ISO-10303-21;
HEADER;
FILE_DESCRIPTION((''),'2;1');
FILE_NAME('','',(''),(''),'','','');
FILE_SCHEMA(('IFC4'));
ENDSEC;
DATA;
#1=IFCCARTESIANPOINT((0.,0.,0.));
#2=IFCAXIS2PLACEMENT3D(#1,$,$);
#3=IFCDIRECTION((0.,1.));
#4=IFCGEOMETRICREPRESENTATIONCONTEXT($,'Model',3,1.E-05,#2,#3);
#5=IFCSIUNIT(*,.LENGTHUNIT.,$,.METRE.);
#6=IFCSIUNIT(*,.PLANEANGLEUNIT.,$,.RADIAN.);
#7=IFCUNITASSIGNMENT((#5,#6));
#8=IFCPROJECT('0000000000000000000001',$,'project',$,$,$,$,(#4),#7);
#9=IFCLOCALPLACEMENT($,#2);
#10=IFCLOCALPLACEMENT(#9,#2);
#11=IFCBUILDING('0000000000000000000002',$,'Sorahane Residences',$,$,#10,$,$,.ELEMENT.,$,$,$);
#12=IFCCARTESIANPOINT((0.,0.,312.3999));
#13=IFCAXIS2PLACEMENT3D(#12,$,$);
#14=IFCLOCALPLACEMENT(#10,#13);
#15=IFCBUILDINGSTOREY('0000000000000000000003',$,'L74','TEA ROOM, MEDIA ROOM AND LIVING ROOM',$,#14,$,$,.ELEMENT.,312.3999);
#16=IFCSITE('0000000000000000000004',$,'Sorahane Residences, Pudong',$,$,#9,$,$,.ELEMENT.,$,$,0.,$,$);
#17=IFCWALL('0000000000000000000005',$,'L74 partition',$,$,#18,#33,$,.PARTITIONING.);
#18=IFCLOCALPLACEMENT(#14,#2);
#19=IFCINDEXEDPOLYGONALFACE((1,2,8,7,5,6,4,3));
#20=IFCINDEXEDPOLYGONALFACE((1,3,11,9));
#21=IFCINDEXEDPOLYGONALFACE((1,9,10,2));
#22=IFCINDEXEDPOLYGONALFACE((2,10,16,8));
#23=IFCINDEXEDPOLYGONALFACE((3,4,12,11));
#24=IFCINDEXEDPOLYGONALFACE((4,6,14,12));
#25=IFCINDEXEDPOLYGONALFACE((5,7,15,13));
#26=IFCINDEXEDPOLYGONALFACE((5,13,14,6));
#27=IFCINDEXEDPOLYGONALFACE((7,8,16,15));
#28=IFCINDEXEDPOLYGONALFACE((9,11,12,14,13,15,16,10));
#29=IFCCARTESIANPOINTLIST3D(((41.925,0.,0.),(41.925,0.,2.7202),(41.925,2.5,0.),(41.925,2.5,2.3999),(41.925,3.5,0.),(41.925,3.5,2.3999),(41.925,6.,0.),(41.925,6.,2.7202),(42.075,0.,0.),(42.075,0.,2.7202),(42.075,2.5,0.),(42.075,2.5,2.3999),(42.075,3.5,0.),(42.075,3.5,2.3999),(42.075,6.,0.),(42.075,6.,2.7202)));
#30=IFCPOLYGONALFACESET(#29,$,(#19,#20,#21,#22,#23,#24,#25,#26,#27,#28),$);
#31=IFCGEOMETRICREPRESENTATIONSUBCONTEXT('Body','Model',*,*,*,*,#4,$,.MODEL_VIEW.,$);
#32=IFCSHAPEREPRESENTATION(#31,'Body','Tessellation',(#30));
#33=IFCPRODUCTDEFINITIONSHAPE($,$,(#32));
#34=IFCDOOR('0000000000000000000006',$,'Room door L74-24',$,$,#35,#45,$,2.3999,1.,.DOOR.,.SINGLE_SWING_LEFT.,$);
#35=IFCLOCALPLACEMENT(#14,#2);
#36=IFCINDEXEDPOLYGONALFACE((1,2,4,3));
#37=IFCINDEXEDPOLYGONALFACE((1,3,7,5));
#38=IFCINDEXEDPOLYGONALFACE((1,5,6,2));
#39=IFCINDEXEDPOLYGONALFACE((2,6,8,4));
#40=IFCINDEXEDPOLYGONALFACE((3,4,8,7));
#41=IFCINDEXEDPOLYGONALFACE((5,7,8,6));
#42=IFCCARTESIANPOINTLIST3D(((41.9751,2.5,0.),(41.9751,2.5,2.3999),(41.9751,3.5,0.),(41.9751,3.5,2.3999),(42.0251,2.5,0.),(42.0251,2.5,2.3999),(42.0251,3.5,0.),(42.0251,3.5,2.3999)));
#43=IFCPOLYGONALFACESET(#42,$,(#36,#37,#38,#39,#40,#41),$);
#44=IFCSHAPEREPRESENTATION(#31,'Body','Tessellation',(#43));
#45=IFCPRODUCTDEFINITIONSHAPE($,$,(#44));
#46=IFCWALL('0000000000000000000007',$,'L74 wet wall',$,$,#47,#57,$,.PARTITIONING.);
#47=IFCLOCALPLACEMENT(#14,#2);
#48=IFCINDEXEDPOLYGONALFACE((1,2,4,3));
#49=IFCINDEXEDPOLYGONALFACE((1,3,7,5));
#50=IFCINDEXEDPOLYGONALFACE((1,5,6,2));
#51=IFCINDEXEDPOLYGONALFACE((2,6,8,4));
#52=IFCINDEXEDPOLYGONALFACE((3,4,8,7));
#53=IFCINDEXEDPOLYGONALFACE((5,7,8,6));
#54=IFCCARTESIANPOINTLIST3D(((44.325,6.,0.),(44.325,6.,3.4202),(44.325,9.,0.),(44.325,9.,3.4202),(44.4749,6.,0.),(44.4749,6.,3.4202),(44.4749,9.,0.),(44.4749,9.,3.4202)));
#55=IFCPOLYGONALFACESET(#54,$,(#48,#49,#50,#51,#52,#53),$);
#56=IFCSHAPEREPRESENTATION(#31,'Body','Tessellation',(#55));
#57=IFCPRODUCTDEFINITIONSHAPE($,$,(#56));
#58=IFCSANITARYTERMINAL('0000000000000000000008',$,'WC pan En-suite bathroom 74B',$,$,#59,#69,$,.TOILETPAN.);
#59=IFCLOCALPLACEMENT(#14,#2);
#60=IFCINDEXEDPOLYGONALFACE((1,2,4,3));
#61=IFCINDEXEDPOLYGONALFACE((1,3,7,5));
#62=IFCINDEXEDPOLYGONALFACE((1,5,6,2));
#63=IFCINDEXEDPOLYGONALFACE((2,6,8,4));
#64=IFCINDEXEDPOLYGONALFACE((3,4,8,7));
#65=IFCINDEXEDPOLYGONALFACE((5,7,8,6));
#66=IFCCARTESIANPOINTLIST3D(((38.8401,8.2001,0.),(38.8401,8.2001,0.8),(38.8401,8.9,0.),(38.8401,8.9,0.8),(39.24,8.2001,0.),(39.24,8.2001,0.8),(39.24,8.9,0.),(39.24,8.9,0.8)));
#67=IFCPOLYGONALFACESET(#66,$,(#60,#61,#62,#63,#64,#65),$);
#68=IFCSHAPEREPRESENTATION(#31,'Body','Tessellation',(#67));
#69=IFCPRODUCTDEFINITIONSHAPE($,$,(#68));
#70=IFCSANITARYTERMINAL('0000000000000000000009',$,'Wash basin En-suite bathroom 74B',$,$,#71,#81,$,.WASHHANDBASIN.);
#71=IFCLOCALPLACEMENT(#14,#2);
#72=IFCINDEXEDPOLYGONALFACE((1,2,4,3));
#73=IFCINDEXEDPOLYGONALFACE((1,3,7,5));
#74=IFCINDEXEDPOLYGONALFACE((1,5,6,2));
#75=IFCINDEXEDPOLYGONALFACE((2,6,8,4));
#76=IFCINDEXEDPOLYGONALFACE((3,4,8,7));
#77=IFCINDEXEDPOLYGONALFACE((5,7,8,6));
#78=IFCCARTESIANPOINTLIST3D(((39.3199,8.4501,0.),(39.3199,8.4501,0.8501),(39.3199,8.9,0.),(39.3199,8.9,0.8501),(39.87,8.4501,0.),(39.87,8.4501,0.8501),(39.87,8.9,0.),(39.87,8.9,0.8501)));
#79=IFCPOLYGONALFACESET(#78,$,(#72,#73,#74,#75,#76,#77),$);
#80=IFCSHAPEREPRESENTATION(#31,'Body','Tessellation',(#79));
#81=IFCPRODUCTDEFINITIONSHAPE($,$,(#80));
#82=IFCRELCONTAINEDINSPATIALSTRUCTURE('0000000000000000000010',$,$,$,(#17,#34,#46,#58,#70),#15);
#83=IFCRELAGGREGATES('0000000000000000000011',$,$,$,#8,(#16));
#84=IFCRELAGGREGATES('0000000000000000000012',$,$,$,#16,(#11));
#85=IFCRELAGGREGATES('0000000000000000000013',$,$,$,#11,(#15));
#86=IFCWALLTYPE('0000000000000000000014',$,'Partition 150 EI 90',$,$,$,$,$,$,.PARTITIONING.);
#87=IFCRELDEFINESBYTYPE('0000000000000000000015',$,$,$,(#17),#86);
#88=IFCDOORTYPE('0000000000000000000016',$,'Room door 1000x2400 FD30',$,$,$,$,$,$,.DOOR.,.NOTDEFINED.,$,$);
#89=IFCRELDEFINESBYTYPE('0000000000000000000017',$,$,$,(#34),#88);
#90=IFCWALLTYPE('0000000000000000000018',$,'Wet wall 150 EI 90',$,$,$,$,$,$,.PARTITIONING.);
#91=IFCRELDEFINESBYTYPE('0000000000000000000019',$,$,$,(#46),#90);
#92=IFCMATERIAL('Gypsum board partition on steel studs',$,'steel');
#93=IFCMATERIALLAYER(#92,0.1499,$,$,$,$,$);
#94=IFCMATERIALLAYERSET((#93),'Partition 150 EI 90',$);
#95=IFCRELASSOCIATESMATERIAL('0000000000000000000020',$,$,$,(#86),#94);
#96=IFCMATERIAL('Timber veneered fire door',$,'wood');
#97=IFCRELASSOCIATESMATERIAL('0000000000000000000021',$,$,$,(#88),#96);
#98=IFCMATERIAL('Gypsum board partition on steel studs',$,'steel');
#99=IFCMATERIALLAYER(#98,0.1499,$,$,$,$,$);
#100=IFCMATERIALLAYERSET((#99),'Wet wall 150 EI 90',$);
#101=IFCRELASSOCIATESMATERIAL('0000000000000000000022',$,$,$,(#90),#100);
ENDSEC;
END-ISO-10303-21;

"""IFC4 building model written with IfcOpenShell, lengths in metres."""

from ifc_helpers import new_model, si_unit, direction, frame, frame_2d, origin, origin_2d, place, context, subcontext, project, spatial, rectangle, extrude, material, layer, layer_set, type_object, element, fill, save


model = new_model("IFC4")

# Units and contexts
model_context = context("Model", 3, precision=1e-05, world=origin(), true_north=direction((0.0, 1.0)))
body_context = subcontext(model_context, "Body", "Model", "MODEL_VIEW")
ifc_project = project(units=[si_unit("LENGTHUNIT", "METRE"), si_unit("PLANEANGLEUNIT", "RADIAN")], contexts=[model_context])

# Site, building, storey
site_placement = place(None, origin())
site = spatial("IfcSite", under=ifc_project, at=site_placement, Name="Sorahane Residences, Pudong", CompositionType="ELEMENT", RefElevation=0.0)
building_placement = place(site_placement, origin())
building = spatial("IfcBuilding", under=site, at=building_placement, Name="Sorahane Residences", CompositionType="ELEMENT")
storey_placement = place(building_placement, frame((0.0, 0.0, 312.3999)))
storey = spatial("IfcBuildingStorey", under=building, at=storey_placement, Name="L74", Description="TEA ROOM, MEDIA ROOM AND LIVING ROOM", CompositionType="ELEMENT", Elevation=312.3999)

# Wall, opening, door
ifc_material_1 = material(Name="Gypsum board partition on steel studs", Category="steel")
ifc_layer_1 = layer(ifc_material_1, 0.1499)
ifc_layer_set_1 = layer_set([ifc_layer_1], Name="Partition 150 EI 90")
wall_type_1 = type_object("IfcWallType", Name="Partition 150 EI 90", PredefinedType="PARTITIONING", material=ifc_layer_set_1)
wall_1_placement = place(storey_placement, frame((42.0, 0.0, 0.0), z_axis=(0.0, 0.0, 1.0), x_axis=(0.0, 1.0, 0.0)))
wall_1 = element("IfcWall", 1, at=wall_1_placement, inside=storey, type_object=wall_type_1, Name="L74 partition", PredefinedType="PARTITIONING", context=body_context, shape_type="SweptSolid", body=[
    extrude(rectangle(XDim=6.0, YDim=0.1499, at=frame_2d((3.0, 0.0))), origin(), (0.0, 0.0, 1.0), 2.7202),
])
opening_1_placement = place(wall_1_placement, frame((2.5, 0.0, 0.0)))
opening_1 = element("IfcOpeningElement", 2, at=opening_1_placement, cuts=wall_1, PredefinedType="OPENING", context=body_context, shape_type="SweptSolid", body=[
    extrude(rectangle(XDim=1.0, YDim=2.3999, at=frame_2d((0.5, 1.2))), frame((0.0, 0.085, 0.0), z_axis=(0.0, -1.0, 0.0), x_axis=(1.0, 0.0, 0.0)), (0.0, 0.0, 1.0), 0.1699),
])
ifc_material_2 = material(Name="Timber veneered fire door", Category="wood")
door_type_1 = type_object("IfcDoorType", Name="Room door 1000x2400 FD30", OperationType="NOTDEFINED", PredefinedType="DOOR", material=ifc_material_2)
door_1_placement = place(opening_1_placement, origin())
door_1 = element("IfcDoor", 3, at=door_1_placement, inside=storey, type_object=door_type_1, Name="Room door L74-24", OperationType="SINGLE_SWING_LEFT", OverallHeight=2.3999, OverallWidth=1.0, PredefinedType="DOOR", context=body_context, shape_type="SweptSolid", body=[
    extrude(rectangle(XDim=1.0, YDim=2.3999, at=frame_2d((0.5, 1.2))), frame((0.0, 0.0249, 0.0), z_axis=(0.0, -1.0, 0.0), x_axis=(1.0, 0.0, 0.0)), (0.0, 0.0, 1.0), 0.05),
])
fill(opening_1, door_1)

# Wall
ifc_material_3 = material(Name="Gypsum board partition on steel studs", Category="steel")
ifc_layer_2 = layer(ifc_material_3, 0.1499)
ifc_layer_set_2 = layer_set([ifc_layer_2], Name="Wet wall 150 EI 90")
wall_type_2 = type_object("IfcWallType", Name="Wet wall 150 EI 90", PredefinedType="PARTITIONING", material=ifc_layer_set_2)
wall_2_placement = place(storey_placement, frame((44.3999, 6.0, 0.0), z_axis=(0.0, 0.0, 1.0), x_axis=(0.0, 1.0, 0.0)))
element("IfcWall", 4, at=wall_2_placement, inside=storey, type_object=wall_type_2, Name="L74 wet wall", PredefinedType="PARTITIONING", context=body_context, shape_type="SweptSolid", body=[
    extrude(rectangle(XDim=3.0, YDim=0.1499, at=frame_2d((1.5, 0.0))), origin(), (0.0, 0.0, 1.0), 3.4202),
])

# Sanitary terminals
sanitary_terminal_1_placement = place(storey_placement, frame((39.04, 8.55, 0.0), z_axis=(0.0, 0.0, 1.0), x_axis=(1.0, 0.0, 0.0)))
element("IfcSanitaryTerminal", 5, at=sanitary_terminal_1_placement, inside=storey, Name="WC pan En-suite bathroom 74B", PredefinedType="TOILETPAN", context=body_context, shape_type="SweptSolid", body=[
    extrude(rectangle(XDim=0.3999, YDim=0.7, at=origin_2d()), origin(), (0.0, 0.0, 1.0), 0.8),
])
sanitary_terminal_2_placement = place(storey_placement, frame((39.595, 8.675, 0.0), z_axis=(0.0, 0.0, 1.0), x_axis=(1.0, 0.0, 0.0)))
element("IfcSanitaryTerminal", 6, at=sanitary_terminal_2_placement, inside=storey, Name="Wash basin En-suite bathroom 74B", PredefinedType="WASHHANDBASIN", context=body_context, shape_type="SweptSolid", body=[
    extrude(rectangle(XDim=0.55, YDim=0.45, at=origin_2d()), origin(), (0.0, 0.0, 1.0), 0.8501),
])

save(model, "model.ifc")
